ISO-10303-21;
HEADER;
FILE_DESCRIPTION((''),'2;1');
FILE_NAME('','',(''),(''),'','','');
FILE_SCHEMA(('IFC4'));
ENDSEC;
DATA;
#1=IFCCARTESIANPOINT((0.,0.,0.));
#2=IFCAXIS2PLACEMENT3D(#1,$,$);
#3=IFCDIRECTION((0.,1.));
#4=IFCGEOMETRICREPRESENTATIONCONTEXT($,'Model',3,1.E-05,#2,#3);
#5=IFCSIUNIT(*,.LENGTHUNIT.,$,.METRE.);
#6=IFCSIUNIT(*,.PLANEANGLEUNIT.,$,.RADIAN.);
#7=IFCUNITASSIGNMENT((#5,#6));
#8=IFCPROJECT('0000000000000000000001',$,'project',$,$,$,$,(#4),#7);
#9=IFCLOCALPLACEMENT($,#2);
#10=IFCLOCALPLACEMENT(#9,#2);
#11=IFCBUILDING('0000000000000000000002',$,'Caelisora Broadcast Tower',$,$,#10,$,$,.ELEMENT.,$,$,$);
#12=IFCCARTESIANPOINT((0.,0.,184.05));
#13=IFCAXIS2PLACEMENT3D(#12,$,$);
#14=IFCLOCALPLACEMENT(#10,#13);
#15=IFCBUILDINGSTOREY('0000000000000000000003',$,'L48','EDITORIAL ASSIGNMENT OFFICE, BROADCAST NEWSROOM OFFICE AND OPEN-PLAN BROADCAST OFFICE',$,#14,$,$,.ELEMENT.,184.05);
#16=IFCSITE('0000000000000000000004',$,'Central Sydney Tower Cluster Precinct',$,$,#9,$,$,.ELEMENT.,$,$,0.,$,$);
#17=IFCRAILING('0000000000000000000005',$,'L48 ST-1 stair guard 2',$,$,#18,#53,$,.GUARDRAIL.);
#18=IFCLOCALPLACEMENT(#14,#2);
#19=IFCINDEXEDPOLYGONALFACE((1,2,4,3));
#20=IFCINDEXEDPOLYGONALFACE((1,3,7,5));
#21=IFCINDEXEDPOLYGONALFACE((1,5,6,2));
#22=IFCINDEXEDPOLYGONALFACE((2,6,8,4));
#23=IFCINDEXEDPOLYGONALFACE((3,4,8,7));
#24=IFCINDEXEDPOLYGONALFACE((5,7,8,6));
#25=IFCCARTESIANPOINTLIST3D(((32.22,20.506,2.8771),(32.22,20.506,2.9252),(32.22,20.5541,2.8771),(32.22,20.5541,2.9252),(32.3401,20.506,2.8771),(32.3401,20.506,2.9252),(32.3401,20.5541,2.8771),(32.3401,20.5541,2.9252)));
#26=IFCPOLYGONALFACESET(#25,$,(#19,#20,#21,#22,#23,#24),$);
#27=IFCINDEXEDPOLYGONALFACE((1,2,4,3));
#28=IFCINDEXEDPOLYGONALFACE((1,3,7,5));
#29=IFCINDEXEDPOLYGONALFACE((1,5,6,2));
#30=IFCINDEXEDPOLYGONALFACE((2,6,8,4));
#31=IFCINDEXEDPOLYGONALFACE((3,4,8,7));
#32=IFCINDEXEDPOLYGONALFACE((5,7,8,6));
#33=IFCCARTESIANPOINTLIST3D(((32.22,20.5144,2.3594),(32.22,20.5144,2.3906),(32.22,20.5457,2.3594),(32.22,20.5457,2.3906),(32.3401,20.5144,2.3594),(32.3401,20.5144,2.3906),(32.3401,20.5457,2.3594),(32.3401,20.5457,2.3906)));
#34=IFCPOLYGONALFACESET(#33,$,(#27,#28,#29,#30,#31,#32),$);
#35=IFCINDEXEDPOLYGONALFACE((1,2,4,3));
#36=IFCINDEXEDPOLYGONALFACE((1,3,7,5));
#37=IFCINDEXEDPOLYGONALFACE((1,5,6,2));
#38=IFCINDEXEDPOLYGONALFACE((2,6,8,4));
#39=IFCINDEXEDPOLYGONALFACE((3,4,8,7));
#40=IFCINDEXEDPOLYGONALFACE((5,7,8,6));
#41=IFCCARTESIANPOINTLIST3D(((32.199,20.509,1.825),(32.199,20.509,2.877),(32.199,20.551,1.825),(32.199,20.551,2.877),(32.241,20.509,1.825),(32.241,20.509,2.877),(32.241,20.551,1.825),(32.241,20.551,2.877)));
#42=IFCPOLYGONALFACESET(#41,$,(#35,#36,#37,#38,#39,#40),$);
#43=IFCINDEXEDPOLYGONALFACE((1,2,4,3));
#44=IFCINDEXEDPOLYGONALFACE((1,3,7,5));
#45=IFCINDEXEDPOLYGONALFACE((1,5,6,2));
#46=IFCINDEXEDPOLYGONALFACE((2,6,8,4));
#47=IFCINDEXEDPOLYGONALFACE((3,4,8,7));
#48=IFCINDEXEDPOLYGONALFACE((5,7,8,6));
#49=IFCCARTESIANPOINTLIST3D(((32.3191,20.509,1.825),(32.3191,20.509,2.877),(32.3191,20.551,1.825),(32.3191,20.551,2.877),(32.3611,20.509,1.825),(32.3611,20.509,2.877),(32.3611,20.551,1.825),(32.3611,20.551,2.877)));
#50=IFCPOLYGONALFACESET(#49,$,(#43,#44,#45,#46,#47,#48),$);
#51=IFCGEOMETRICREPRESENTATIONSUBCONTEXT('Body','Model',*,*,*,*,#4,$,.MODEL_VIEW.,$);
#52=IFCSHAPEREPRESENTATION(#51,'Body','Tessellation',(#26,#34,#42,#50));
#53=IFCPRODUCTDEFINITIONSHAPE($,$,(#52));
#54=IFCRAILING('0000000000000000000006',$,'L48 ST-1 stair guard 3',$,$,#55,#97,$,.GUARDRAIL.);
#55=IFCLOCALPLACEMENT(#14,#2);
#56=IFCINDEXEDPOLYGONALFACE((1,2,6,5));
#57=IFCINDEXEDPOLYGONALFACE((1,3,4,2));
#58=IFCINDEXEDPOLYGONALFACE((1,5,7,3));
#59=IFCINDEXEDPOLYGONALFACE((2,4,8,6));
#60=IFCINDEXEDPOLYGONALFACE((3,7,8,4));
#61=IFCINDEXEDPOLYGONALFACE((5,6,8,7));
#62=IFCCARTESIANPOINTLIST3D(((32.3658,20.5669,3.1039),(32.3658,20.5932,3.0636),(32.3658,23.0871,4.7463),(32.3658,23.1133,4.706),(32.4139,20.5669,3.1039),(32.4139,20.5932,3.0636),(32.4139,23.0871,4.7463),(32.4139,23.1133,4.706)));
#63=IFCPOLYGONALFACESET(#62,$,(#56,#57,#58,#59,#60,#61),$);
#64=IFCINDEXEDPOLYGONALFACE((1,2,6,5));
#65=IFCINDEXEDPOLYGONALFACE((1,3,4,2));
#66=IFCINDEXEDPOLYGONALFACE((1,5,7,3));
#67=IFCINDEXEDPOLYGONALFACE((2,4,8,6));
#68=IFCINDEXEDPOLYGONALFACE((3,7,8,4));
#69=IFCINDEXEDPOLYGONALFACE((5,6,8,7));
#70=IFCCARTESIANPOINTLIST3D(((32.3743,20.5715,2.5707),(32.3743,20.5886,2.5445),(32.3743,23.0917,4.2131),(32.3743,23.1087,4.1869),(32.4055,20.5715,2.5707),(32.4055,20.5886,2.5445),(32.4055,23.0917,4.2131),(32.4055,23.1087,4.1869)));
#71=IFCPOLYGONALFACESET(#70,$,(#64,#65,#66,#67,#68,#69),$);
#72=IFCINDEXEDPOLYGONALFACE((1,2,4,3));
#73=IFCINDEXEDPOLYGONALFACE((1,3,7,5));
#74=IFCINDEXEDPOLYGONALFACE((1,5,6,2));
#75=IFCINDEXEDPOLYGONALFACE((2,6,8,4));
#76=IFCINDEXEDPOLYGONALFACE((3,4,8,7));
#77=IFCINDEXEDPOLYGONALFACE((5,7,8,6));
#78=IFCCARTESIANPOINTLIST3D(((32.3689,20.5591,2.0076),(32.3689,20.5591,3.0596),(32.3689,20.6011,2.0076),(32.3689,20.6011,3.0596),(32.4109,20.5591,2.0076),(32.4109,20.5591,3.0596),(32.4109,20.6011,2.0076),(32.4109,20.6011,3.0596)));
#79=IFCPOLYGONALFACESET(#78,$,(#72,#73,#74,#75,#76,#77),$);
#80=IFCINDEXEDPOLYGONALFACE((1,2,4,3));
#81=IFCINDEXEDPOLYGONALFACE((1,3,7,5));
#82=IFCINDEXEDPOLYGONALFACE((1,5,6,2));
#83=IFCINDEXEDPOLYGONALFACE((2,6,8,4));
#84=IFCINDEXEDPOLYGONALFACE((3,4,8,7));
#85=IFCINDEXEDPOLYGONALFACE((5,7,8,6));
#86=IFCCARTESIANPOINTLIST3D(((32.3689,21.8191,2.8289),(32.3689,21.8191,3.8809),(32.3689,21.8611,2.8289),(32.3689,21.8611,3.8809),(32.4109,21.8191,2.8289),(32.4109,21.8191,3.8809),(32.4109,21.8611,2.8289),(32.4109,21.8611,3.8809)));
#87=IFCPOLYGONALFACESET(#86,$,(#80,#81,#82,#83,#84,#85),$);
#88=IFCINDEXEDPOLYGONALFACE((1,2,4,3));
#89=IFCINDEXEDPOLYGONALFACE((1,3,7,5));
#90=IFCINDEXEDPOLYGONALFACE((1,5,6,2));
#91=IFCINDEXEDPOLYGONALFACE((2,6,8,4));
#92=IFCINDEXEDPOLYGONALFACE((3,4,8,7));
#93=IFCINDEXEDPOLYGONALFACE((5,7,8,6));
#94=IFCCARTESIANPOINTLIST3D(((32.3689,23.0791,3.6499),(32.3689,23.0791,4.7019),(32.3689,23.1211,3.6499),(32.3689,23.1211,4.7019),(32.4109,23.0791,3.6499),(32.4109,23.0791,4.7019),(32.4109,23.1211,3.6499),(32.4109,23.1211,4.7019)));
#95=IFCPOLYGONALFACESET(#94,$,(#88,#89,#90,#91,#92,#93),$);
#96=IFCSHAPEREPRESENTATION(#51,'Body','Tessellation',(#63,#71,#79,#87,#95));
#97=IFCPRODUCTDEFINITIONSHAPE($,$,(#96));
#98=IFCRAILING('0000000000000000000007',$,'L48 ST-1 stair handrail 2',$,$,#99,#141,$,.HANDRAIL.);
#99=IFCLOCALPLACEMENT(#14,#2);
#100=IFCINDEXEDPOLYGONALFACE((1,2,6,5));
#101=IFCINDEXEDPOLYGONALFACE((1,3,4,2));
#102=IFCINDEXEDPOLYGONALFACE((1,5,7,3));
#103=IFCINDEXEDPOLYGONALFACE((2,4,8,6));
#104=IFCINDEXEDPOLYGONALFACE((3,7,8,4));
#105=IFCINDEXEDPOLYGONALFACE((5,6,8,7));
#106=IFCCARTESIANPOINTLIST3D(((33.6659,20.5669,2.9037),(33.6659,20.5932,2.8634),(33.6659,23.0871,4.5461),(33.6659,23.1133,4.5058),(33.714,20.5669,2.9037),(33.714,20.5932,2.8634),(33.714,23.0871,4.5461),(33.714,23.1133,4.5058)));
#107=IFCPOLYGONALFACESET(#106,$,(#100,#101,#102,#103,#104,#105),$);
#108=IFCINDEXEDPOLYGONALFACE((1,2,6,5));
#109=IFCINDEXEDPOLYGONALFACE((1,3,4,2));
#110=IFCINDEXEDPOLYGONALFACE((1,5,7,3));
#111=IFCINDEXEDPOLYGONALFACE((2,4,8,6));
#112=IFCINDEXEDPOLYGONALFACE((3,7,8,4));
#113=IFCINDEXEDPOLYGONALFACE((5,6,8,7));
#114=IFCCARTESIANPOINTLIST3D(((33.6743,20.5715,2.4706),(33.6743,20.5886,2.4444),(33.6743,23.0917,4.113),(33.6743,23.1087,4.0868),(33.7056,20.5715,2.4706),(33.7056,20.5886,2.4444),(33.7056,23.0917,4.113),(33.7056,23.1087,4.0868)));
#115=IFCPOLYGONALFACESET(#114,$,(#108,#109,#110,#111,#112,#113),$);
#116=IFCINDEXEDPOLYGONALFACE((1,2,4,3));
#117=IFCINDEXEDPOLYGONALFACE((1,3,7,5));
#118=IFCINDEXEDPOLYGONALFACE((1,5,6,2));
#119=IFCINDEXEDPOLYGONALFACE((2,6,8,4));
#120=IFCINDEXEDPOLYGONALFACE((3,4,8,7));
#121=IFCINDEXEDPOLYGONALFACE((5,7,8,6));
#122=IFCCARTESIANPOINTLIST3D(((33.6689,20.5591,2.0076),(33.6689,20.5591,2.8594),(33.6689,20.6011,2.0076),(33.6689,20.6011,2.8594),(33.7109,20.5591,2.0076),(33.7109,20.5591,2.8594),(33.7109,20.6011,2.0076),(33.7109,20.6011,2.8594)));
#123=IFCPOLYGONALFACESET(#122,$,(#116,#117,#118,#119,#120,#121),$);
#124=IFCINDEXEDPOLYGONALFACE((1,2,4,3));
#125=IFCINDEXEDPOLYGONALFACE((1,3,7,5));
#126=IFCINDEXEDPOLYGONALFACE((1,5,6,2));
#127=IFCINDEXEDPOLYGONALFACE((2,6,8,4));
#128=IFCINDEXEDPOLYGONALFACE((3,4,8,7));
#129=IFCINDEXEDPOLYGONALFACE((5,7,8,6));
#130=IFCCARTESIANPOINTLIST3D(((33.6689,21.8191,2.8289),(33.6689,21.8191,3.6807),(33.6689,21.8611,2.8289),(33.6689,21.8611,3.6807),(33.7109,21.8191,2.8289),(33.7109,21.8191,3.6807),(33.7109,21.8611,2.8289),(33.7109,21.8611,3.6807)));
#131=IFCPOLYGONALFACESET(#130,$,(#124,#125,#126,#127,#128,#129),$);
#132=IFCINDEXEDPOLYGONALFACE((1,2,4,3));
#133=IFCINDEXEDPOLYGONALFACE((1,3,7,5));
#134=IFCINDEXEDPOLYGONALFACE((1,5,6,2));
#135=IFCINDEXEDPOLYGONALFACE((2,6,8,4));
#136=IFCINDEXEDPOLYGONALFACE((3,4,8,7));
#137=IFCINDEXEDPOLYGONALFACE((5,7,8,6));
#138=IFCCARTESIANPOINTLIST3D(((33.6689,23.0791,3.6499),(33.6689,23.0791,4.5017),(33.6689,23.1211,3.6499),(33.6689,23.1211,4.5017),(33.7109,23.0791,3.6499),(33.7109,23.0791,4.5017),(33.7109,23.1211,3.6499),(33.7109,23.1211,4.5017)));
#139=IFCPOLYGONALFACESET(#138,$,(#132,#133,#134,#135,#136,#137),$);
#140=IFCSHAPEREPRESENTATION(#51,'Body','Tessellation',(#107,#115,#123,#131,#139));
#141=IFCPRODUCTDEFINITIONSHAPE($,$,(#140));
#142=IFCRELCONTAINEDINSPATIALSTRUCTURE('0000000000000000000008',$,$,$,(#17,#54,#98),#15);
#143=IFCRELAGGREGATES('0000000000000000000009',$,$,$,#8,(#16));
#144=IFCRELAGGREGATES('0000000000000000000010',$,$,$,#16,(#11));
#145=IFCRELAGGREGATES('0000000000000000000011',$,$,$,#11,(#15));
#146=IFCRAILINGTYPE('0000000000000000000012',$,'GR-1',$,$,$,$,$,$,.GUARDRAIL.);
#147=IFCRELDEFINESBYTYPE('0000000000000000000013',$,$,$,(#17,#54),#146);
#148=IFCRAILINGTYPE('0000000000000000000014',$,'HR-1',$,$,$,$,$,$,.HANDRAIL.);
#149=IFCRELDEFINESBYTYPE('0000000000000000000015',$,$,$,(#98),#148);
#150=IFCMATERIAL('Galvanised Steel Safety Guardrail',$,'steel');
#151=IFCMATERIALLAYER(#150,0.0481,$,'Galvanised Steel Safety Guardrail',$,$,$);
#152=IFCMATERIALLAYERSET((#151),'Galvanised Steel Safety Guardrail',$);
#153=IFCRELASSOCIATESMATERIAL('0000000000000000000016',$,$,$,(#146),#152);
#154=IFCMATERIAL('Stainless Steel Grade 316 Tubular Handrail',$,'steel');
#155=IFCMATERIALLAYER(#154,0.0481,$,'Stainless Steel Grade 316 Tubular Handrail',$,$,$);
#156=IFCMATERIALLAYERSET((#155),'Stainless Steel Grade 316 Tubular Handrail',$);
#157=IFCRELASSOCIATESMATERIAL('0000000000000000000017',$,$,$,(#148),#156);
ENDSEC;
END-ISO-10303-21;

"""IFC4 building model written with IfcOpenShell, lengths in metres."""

from ifc_helpers import new_model, si_unit, direction, frame, origin, origin_2d, place, context, subcontext, project, spatial, rectangle, extrude, material, layer, layer_set, type_object, element, save


model = new_model("IFC4")

# Units and contexts
model_context = context("Model", 3, precision=1e-05, world=origin(), true_north=direction((0.0, 1.0)))
body_context = subcontext(model_context, "Body", "Model", "MODEL_VIEW")
ifc_project = project(units=[si_unit("LENGTHUNIT", "METRE"), si_unit("PLANEANGLEUNIT", "RADIAN")], contexts=[model_context])

# Site, building, storey
site_placement = place(None, origin())
site = spatial("IfcSite", under=ifc_project, at=site_placement, Name="Central Sydney Tower Cluster Precinct", CompositionType="ELEMENT", RefElevation=0.0)
building_placement = place(site_placement, origin())
building = spatial("IfcBuilding", under=site, at=building_placement, Name="Caelisora Broadcast Tower", CompositionType="ELEMENT")
storey_placement = place(building_placement, frame((0.0, 0.0, 184.05)))
storey = spatial("IfcBuildingStorey", under=building, at=storey_placement, Name="L48", Description="EDITORIAL ASSIGNMENT OFFICE, BROADCAST NEWSROOM OFFICE AND OPEN-PLAN BROADCAST OFFICE", CompositionType="ELEMENT", Elevation=184.05)

# Railings
ifc_material_1 = material(Name="Galvanised Steel Safety Guardrail", Category="steel")
ifc_layer_1 = layer(ifc_material_1, 0.0481, Name="Galvanised Steel Safety Guardrail")
ifc_layer_set_1 = layer_set([ifc_layer_1], Name="Galvanised Steel Safety Guardrail")
railing_type_1 = type_object("IfcRailingType", Name="GR-1", PredefinedType="GUARDRAIL", material=ifc_layer_set_1)
railing_1_placement = place(storey_placement, frame((32.22, 20.53, 1.825)))
element("IfcRailing", 1, at=railing_1_placement, inside=storey, type_object=railing_type_1, Name="L48 ST-1 stair guard 2", PredefinedType="GUARDRAIL", context=body_context, shape_type="SweptSolid", body=[
    extrude(rectangle(XDim=0.0481, YDim=0.0481, at=origin_2d()), frame((0.0, 0.0, 1.0762), z_axis=(1.0, 0.0, 0.0), x_axis=(0.0, 1.0, 0.0)), (0.0, 0.0, 1.0), 0.1201),
    extrude(rectangle(XDim=0.0312, YDim=0.0312, at=origin_2d()), frame((0.0, 0.0, 0.55), z_axis=(1.0, 0.0, 0.0), x_axis=(0.0, 1.0, 0.0)), (0.0, 0.0, 1.0), 0.1201),
    extrude(rectangle(XDim=0.042, YDim=0.042, at=origin_2d()), origin(), (0.0, 0.0, 1.0), 1.052),
    extrude(rectangle(XDim=0.042, YDim=0.042, at=origin_2d()), frame((0.1201, 0.0, 0.0)), (0.0, 0.0, 1.0), 1.052),
])
railing_2_placement = place(storey_placement, frame((32.3899, 20.5801, 2.0076)))
element("IfcRailing", 2, at=railing_2_placement, inside=storey, type_object=railing_type_1, Name="L48 ST-1 stair guard 3", PredefinedType="GUARDRAIL", context=body_context, shape_type="SweptSolid", body=[
    extrude(rectangle(XDim=0.0481, YDim=0.0481, at=origin_2d()), frame((0.0, 0.0, 1.0762), z_axis=(0.0, 0.837787, 0.545998), x_axis=(-1.0, 0.0, 0.0)), (0.0, 0.0, 1.0), 3.0081),
    extrude(rectangle(XDim=0.0312, YDim=0.0312, at=origin_2d()), frame((0.0, 0.0, 0.55), z_axis=(0.0, 0.837787, 0.545998), x_axis=(-1.0, 0.0, 0.0)), (0.0, 0.0, 1.0), 3.0081),
    extrude(rectangle(XDim=0.042, YDim=0.042, at=origin_2d()), origin(), (0.0, 0.0, 1.0), 1.052),
    extrude(rectangle(XDim=0.042, YDim=0.042, at=origin_2d()), frame((0.0, 1.26, 0.8213)), (0.0, 0.0, 1.0), 1.052),
    extrude(rectangle(XDim=0.042, YDim=0.042, at=origin_2d()), frame((0.0, 2.52, 1.6423)), (0.0, 0.0, 1.0), 1.052),
])
ifc_material_2 = material(Name="Stainless Steel Grade 316 Tubular Handrail", Category="steel")
ifc_layer_2 = layer(ifc_material_2, 0.0481, Name="Stainless Steel Grade 316 Tubular Handrail")
ifc_layer_set_2 = layer_set([ifc_layer_2], Name="Stainless Steel Grade 316 Tubular Handrail")
railing_type_2 = type_object("IfcRailingType", Name="HR-1", PredefinedType="HANDRAIL", material=ifc_layer_set_2)
railing_3_placement = place(storey_placement, frame((33.6899, 20.5801, 2.0076)))
element("IfcRailing", 3, at=railing_3_placement, inside=storey, type_object=railing_type_2, Name="L48 ST-1 stair handrail 2", PredefinedType="HANDRAIL", context=body_context, shape_type="SweptSolid", body=[
    extrude(rectangle(XDim=0.0481, YDim=0.0481, at=origin_2d()), frame((0.0, 0.0, 0.876), z_axis=(0.0, 0.837787, 0.545998), x_axis=(-1.0, 0.0, 0.0)), (0.0, 0.0, 1.0), 3.0081),
    extrude(rectangle(XDim=0.0312, YDim=0.0312, at=origin_2d()), frame((0.0, 0.0, 0.45), z_axis=(0.0, 0.837787, 0.545998), x_axis=(-1.0, 0.0, 0.0)), (0.0, 0.0, 1.0), 3.0081),
    extrude(rectangle(XDim=0.042, YDim=0.042, at=origin_2d()), origin(), (0.0, 0.0, 1.0), 0.8518),
    extrude(rectangle(XDim=0.042, YDim=0.042, at=origin_2d()), frame((0.0, 1.26, 0.8213)), (0.0, 0.0, 1.0), 0.8518),
    extrude(rectangle(XDim=0.042, YDim=0.042, at=origin_2d()), frame((0.0, 2.52, 1.6423)), (0.0, 0.0, 1.0), 0.8518),
])

save(model, "model.ifc")
